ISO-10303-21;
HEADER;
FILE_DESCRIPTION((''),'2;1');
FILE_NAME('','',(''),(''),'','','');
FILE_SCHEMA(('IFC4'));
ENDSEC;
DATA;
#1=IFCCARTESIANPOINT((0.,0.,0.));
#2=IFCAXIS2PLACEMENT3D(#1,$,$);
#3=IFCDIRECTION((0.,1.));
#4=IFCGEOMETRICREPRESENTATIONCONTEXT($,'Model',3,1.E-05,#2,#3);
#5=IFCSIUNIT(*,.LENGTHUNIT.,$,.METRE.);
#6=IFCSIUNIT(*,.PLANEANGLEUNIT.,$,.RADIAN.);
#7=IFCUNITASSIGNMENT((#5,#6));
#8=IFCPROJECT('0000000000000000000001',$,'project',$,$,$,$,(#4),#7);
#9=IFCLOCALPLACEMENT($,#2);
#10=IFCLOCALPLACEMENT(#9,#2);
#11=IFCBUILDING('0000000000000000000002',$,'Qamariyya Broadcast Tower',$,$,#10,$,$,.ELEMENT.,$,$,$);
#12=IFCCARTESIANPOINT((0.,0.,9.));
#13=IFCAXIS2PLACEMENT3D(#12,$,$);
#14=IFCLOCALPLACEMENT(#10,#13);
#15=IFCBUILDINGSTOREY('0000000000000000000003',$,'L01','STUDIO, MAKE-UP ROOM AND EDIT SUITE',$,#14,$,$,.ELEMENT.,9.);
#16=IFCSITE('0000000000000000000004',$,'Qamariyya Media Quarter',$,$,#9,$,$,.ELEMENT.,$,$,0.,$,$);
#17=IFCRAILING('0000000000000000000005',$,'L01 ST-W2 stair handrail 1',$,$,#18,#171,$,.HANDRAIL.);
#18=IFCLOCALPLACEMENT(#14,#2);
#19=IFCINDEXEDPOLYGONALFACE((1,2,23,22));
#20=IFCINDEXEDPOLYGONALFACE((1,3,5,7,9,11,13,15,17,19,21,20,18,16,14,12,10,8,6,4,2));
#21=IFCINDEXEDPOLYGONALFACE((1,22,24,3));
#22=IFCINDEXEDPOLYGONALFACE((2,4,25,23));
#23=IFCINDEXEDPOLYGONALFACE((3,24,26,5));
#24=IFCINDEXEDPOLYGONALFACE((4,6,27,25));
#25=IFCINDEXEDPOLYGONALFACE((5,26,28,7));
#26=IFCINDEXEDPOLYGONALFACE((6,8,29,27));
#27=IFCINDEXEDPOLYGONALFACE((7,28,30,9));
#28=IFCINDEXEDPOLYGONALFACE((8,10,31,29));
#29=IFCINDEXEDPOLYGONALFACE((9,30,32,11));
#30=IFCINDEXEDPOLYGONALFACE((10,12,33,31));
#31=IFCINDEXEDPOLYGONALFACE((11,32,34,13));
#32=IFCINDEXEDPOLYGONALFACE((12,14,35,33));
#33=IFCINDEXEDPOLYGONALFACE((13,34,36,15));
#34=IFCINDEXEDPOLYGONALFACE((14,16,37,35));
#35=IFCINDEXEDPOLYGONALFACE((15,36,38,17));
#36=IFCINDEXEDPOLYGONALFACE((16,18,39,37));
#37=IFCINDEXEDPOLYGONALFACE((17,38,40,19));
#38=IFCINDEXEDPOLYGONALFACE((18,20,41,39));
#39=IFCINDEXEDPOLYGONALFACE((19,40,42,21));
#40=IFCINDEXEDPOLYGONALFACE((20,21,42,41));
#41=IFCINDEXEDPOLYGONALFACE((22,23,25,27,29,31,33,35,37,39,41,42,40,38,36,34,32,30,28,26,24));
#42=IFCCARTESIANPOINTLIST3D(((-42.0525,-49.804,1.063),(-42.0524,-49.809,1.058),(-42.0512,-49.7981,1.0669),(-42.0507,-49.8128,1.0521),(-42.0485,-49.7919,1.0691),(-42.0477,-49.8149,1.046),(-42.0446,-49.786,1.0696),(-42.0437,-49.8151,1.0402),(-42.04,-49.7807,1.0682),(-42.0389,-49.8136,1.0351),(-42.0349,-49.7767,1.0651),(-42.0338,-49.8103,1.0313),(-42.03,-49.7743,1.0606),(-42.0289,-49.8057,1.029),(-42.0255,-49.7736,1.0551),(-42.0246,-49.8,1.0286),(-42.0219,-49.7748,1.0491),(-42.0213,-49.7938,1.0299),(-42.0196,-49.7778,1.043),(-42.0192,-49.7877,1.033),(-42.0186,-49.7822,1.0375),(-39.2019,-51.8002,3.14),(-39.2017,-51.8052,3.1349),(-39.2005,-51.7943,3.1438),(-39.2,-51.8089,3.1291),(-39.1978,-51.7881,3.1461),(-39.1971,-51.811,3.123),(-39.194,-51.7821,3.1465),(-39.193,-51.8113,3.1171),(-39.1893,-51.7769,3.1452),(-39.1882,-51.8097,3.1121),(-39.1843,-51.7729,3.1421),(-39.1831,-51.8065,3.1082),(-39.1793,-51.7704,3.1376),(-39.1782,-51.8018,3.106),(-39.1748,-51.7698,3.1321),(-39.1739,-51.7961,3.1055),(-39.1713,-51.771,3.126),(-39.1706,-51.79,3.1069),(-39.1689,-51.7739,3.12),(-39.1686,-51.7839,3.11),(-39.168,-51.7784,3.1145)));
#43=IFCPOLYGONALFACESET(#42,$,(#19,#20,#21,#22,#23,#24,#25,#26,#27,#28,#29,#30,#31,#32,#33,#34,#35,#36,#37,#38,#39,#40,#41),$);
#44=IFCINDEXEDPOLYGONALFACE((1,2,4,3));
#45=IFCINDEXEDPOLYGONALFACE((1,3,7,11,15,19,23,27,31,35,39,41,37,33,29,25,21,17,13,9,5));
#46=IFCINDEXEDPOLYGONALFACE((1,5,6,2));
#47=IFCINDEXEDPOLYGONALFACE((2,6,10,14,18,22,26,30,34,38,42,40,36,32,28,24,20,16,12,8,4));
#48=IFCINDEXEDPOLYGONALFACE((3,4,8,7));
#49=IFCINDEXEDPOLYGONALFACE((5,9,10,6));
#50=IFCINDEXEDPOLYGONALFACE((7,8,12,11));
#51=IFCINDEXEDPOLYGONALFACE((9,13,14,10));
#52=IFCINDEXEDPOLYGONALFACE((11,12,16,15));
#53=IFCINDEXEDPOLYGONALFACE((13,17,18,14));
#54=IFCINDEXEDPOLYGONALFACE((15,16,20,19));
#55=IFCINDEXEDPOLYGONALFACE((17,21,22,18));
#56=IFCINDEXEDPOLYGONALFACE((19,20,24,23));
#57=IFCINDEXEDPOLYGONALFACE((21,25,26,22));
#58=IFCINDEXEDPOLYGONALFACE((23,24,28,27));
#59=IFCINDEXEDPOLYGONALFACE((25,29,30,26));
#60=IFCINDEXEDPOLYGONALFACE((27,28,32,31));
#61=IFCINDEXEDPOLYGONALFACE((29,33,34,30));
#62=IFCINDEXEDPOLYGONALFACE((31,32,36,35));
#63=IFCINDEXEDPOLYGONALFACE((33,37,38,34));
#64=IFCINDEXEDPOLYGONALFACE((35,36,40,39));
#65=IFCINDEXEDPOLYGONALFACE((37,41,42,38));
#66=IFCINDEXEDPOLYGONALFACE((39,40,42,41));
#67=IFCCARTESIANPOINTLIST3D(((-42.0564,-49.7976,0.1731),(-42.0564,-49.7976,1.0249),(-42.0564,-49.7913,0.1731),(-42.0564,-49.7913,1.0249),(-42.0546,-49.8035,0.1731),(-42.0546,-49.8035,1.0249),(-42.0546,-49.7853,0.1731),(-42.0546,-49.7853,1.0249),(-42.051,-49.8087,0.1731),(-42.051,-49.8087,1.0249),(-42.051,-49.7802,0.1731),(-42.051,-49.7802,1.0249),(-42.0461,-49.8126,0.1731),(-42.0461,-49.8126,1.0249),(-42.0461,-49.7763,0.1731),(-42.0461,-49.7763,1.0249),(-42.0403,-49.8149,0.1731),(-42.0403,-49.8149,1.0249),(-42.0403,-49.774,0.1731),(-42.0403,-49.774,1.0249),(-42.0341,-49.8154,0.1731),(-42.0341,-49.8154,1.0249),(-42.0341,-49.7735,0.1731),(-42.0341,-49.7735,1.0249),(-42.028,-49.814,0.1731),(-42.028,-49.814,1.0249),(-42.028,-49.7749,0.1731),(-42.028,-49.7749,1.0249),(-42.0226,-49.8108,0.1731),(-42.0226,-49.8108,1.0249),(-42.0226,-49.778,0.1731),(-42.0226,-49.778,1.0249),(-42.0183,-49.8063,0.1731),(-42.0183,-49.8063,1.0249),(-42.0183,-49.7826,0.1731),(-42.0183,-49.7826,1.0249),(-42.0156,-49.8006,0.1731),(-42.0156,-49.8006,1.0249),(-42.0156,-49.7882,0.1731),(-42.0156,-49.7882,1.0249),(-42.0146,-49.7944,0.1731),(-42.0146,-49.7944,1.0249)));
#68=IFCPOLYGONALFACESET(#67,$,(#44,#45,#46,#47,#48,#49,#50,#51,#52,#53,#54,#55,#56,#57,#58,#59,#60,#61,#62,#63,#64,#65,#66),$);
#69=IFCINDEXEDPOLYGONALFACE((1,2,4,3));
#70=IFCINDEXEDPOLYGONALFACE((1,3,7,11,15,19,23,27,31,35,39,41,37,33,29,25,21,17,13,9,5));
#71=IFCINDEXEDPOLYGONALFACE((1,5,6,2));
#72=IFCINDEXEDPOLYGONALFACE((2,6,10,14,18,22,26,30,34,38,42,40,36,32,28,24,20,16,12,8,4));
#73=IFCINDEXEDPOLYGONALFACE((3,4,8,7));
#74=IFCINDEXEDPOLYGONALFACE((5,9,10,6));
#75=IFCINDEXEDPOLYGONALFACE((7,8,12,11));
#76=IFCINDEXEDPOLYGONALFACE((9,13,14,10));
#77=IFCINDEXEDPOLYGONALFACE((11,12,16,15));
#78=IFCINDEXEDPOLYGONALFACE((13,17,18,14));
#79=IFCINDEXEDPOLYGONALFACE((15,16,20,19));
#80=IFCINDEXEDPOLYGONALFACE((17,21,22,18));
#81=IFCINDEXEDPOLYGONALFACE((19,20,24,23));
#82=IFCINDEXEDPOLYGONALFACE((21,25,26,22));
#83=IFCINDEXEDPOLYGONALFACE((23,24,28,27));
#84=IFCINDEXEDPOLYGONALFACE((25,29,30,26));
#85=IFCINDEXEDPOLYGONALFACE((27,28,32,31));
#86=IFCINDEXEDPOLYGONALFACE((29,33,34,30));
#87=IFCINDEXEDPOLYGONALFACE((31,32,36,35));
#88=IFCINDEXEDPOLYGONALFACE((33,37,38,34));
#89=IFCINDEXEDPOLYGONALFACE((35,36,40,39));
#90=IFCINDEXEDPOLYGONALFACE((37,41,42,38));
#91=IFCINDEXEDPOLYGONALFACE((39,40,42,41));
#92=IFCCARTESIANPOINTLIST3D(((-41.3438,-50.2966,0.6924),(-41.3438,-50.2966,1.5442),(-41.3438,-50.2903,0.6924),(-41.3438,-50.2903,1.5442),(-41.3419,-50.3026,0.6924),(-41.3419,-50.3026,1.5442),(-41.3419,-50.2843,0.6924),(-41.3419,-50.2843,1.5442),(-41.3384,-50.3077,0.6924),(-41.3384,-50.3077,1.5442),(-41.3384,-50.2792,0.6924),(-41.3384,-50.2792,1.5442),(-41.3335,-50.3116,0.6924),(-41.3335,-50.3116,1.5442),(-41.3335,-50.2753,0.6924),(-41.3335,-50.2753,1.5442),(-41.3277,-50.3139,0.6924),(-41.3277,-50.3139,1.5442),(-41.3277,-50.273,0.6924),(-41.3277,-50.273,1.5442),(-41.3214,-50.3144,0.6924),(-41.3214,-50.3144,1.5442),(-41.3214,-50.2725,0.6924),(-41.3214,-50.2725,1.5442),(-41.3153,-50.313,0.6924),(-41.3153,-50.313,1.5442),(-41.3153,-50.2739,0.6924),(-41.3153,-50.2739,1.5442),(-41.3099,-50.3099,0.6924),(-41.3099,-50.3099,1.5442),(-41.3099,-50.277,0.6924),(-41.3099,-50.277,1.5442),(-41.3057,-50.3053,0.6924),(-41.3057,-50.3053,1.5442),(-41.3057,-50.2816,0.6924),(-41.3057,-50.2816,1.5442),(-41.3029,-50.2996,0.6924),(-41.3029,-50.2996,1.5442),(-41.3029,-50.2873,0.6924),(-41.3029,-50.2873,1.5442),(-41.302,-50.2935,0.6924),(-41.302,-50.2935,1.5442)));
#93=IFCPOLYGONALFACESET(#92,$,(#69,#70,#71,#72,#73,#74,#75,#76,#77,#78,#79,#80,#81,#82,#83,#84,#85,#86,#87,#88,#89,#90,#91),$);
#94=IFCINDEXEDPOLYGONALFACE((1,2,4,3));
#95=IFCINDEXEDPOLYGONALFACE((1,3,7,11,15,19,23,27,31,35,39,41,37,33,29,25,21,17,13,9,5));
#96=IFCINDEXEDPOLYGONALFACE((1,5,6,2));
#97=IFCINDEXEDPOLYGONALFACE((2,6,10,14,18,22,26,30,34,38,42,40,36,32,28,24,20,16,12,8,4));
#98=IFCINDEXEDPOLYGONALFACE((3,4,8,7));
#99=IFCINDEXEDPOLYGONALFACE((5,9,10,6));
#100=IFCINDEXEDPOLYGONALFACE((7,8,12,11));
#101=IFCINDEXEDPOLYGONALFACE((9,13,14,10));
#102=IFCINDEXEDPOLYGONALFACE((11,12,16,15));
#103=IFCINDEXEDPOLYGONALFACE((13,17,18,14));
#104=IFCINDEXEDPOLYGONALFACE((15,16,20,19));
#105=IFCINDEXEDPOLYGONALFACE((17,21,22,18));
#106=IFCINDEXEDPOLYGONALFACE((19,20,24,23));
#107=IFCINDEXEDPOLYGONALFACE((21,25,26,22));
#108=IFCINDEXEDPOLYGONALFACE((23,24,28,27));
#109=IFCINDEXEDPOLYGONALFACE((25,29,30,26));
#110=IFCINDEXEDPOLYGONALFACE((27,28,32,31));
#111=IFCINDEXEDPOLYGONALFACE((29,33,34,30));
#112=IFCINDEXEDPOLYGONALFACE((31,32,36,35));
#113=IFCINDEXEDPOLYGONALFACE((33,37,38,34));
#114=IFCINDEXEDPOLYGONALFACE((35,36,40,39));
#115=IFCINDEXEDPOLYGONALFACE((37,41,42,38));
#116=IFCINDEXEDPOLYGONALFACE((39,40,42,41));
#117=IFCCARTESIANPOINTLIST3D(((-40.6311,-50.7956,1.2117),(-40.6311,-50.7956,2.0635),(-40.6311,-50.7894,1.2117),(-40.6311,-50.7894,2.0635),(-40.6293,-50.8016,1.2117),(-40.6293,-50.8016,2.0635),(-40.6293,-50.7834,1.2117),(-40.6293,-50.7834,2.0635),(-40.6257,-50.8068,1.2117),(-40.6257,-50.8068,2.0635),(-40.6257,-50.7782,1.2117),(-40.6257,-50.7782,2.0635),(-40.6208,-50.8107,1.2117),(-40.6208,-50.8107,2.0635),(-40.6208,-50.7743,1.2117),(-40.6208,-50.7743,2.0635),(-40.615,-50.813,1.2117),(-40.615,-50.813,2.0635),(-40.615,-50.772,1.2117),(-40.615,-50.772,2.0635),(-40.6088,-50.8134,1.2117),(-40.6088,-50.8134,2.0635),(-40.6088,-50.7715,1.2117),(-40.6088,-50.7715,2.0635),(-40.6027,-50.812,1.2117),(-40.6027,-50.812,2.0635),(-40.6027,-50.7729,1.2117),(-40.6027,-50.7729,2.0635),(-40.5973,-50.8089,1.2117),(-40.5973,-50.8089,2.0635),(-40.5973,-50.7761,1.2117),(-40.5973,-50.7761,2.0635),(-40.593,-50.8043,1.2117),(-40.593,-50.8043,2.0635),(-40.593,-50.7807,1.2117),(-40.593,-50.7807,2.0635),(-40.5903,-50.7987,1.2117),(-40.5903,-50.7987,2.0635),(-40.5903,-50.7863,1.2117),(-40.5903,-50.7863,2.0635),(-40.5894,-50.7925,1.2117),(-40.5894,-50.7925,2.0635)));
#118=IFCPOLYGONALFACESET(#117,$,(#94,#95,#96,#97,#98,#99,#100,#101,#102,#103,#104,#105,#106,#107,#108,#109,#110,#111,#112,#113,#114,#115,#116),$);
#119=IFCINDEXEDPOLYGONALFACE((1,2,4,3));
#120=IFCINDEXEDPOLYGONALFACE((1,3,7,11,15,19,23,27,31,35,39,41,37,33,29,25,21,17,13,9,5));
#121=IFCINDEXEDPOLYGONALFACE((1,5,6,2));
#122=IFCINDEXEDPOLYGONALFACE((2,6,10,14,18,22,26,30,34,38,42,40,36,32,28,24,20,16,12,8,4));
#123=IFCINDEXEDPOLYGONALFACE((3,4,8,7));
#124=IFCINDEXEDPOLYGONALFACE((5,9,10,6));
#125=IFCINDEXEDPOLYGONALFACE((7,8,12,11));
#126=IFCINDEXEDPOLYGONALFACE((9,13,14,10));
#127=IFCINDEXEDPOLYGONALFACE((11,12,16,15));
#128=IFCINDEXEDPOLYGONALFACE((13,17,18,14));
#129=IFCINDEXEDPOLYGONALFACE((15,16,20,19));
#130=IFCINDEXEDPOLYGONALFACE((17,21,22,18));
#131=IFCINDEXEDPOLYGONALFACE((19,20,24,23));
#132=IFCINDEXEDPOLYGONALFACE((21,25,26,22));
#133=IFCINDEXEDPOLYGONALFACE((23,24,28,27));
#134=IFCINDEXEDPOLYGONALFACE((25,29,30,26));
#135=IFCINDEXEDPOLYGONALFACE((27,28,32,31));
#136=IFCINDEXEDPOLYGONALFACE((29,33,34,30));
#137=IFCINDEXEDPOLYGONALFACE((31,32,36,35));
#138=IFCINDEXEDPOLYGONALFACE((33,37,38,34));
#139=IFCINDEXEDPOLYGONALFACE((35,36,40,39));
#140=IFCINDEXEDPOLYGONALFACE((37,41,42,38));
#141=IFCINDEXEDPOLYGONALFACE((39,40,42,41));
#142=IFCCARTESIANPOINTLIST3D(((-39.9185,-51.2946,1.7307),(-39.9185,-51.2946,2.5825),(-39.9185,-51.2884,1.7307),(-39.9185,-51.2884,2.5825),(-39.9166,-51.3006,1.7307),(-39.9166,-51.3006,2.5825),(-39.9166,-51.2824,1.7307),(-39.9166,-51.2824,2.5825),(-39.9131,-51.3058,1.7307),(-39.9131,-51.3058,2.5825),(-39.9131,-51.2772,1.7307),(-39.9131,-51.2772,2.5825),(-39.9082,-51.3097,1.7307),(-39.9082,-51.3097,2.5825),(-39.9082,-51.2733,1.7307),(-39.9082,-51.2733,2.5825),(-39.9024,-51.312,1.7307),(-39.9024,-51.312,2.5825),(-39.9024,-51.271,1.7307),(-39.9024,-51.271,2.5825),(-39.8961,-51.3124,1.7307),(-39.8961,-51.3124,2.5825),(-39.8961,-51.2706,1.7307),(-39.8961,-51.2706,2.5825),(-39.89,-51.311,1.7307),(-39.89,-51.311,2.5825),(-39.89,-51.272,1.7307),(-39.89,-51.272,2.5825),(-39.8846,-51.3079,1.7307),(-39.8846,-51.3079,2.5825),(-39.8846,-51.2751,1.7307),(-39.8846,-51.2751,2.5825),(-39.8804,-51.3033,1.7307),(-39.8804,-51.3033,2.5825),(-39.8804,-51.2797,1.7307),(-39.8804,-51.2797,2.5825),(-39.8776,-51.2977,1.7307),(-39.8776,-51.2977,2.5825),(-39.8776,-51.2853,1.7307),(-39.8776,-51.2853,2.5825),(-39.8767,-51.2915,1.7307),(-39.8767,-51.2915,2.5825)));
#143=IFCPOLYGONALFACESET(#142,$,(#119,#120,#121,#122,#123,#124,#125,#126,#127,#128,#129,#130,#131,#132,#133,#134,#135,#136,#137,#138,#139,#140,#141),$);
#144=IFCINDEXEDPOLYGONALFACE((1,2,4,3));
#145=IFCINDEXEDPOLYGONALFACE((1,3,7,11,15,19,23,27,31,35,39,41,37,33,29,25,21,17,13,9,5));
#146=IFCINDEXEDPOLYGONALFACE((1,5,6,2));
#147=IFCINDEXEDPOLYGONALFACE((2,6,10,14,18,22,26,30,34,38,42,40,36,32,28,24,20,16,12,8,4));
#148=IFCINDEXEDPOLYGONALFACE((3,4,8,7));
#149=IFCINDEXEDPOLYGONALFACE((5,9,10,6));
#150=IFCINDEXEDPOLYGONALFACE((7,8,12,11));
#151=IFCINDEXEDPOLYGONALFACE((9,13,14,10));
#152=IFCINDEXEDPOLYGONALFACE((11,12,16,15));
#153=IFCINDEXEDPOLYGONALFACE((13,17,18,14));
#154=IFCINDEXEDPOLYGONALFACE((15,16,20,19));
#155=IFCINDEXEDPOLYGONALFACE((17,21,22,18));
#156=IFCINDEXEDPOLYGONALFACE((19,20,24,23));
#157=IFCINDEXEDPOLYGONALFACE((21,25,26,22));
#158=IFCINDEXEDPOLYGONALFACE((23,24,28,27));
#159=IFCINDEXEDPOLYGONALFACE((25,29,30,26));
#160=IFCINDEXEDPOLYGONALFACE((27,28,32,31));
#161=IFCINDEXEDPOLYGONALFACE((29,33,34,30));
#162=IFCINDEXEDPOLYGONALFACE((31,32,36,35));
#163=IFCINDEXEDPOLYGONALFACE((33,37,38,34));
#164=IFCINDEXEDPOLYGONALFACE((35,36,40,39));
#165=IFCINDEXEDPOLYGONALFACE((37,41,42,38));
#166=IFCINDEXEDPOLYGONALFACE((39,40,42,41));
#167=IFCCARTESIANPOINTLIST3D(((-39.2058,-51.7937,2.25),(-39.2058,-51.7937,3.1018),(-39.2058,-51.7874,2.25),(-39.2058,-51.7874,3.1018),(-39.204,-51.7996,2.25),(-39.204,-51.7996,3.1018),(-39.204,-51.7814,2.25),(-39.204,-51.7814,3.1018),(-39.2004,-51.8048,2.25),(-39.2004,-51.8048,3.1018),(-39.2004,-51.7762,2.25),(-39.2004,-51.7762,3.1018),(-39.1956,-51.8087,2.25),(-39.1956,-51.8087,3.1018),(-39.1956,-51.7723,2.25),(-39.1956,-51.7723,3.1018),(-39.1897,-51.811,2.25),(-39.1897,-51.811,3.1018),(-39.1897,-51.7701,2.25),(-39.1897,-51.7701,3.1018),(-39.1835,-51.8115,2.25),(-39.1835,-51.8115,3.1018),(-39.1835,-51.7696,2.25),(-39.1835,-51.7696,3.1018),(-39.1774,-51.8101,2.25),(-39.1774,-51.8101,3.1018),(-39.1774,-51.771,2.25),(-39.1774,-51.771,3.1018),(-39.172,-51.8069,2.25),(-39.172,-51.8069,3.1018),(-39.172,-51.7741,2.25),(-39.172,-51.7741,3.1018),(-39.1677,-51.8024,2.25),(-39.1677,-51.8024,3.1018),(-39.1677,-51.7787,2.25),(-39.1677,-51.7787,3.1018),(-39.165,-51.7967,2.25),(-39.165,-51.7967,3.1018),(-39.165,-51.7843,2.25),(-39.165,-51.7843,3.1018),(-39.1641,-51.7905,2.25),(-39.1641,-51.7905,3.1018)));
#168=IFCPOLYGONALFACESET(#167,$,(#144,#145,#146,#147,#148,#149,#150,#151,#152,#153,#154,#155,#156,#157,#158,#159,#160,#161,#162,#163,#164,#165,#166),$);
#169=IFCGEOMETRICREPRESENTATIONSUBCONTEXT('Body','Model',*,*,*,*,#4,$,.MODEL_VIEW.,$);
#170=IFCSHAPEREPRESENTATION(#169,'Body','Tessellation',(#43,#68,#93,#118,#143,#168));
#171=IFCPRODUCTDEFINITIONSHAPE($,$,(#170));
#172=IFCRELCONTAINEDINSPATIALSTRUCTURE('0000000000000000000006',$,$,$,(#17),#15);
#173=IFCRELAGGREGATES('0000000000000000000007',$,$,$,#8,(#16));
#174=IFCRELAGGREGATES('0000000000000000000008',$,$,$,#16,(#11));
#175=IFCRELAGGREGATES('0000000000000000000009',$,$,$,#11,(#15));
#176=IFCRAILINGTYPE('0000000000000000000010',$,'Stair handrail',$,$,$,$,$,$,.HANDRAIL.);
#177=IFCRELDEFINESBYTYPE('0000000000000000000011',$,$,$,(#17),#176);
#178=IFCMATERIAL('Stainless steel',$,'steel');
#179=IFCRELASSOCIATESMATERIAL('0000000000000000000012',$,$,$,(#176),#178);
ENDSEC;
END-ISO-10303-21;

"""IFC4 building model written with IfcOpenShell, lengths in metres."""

from ifc_helpers import new_model, si_unit, direction, frame, origin, origin_2d, place, context, subcontext, project, spatial, circle, extrude, material, type_object, element, save


model = new_model("IFC4")

# Units and contexts
model_context = context("Model", 3, precision=1e-05, world=origin(), true_north=direction((0.0, 1.0)))
body_context = subcontext(model_context, "Body", "Model", "MODEL_VIEW")
ifc_project = project(units=[si_unit("LENGTHUNIT", "METRE"), si_unit("PLANEANGLEUNIT", "RADIAN")], contexts=[model_context])

# Site, building, storey
site_placement = place(None, origin())
site = spatial("IfcSite", under=ifc_project, at=site_placement, Name="Qamariyya Media Quarter", CompositionType="ELEMENT", RefElevation=0.0)
building_placement = place(site_placement, origin())
building = spatial("IfcBuilding", under=site, at=building_placement, Name="Qamariyya Broadcast Tower", CompositionType="ELEMENT")
storey_placement = place(building_placement, frame((0.0, 0.0, 9.0)))
storey = spatial("IfcBuildingStorey", under=building, at=storey_placement, Name="L01", Description="STUDIO, MAKE-UP ROOM AND EDIT SUITE", CompositionType="ELEMENT", Elevation=9.0)

# Railing
ifc_material_1 = material(Name="Stainless steel", Category="steel")
railing_type_1 = type_object("IfcRailingType", Name="Stair handrail", PredefinedType="HANDRAIL", material=ifc_material_1)
for number, where, name in (
    (1, (-42.0356, -49.7944, 0.1731), "L01 ST-W2 stair handrail 1"),
):
    element("IfcRailing", number, at=place(storey_placement, frame(where)), inside=storey, type_object=railing_type_1, Name=name, PredefinedType="HANDRAIL", context=body_context, shape_type="SweptSolid", body=[
        extrude(circle(Radius=0.0239, at=origin_2d()), frame((0.0, 0.0, 0.876), z_axis=(0.703393, -0.492544, 0.512484), x_axis=(0.573594, 0.81914, 0.0)), (0.0, 0.0, 1.0), 4.0527),
        extrude(circle(Radius=0.021, at=origin_2d()), origin(), (0.0, 0.0, 1.0), 0.8518),
        extrude(circle(Radius=0.021, at=origin_2d()), frame((0.7126, -0.499, 0.5193)), (0.0, 0.0, 1.0), 0.8518),
        extrude(circle(Radius=0.021, at=origin_2d()), frame((1.4253, -0.998, 1.0386)), (0.0, 0.0, 1.0), 0.8518),
        extrude(circle(Radius=0.021, at=origin_2d()), frame((2.1379, -1.4971, 1.5576)), (0.0, 0.0, 1.0), 0.8518),
        extrude(circle(Radius=0.021, at=origin_2d()), frame((2.8506, -1.9961, 2.0769)), (0.0, 0.0, 1.0), 0.8518),
    ])

save(model, "model.ifc")
